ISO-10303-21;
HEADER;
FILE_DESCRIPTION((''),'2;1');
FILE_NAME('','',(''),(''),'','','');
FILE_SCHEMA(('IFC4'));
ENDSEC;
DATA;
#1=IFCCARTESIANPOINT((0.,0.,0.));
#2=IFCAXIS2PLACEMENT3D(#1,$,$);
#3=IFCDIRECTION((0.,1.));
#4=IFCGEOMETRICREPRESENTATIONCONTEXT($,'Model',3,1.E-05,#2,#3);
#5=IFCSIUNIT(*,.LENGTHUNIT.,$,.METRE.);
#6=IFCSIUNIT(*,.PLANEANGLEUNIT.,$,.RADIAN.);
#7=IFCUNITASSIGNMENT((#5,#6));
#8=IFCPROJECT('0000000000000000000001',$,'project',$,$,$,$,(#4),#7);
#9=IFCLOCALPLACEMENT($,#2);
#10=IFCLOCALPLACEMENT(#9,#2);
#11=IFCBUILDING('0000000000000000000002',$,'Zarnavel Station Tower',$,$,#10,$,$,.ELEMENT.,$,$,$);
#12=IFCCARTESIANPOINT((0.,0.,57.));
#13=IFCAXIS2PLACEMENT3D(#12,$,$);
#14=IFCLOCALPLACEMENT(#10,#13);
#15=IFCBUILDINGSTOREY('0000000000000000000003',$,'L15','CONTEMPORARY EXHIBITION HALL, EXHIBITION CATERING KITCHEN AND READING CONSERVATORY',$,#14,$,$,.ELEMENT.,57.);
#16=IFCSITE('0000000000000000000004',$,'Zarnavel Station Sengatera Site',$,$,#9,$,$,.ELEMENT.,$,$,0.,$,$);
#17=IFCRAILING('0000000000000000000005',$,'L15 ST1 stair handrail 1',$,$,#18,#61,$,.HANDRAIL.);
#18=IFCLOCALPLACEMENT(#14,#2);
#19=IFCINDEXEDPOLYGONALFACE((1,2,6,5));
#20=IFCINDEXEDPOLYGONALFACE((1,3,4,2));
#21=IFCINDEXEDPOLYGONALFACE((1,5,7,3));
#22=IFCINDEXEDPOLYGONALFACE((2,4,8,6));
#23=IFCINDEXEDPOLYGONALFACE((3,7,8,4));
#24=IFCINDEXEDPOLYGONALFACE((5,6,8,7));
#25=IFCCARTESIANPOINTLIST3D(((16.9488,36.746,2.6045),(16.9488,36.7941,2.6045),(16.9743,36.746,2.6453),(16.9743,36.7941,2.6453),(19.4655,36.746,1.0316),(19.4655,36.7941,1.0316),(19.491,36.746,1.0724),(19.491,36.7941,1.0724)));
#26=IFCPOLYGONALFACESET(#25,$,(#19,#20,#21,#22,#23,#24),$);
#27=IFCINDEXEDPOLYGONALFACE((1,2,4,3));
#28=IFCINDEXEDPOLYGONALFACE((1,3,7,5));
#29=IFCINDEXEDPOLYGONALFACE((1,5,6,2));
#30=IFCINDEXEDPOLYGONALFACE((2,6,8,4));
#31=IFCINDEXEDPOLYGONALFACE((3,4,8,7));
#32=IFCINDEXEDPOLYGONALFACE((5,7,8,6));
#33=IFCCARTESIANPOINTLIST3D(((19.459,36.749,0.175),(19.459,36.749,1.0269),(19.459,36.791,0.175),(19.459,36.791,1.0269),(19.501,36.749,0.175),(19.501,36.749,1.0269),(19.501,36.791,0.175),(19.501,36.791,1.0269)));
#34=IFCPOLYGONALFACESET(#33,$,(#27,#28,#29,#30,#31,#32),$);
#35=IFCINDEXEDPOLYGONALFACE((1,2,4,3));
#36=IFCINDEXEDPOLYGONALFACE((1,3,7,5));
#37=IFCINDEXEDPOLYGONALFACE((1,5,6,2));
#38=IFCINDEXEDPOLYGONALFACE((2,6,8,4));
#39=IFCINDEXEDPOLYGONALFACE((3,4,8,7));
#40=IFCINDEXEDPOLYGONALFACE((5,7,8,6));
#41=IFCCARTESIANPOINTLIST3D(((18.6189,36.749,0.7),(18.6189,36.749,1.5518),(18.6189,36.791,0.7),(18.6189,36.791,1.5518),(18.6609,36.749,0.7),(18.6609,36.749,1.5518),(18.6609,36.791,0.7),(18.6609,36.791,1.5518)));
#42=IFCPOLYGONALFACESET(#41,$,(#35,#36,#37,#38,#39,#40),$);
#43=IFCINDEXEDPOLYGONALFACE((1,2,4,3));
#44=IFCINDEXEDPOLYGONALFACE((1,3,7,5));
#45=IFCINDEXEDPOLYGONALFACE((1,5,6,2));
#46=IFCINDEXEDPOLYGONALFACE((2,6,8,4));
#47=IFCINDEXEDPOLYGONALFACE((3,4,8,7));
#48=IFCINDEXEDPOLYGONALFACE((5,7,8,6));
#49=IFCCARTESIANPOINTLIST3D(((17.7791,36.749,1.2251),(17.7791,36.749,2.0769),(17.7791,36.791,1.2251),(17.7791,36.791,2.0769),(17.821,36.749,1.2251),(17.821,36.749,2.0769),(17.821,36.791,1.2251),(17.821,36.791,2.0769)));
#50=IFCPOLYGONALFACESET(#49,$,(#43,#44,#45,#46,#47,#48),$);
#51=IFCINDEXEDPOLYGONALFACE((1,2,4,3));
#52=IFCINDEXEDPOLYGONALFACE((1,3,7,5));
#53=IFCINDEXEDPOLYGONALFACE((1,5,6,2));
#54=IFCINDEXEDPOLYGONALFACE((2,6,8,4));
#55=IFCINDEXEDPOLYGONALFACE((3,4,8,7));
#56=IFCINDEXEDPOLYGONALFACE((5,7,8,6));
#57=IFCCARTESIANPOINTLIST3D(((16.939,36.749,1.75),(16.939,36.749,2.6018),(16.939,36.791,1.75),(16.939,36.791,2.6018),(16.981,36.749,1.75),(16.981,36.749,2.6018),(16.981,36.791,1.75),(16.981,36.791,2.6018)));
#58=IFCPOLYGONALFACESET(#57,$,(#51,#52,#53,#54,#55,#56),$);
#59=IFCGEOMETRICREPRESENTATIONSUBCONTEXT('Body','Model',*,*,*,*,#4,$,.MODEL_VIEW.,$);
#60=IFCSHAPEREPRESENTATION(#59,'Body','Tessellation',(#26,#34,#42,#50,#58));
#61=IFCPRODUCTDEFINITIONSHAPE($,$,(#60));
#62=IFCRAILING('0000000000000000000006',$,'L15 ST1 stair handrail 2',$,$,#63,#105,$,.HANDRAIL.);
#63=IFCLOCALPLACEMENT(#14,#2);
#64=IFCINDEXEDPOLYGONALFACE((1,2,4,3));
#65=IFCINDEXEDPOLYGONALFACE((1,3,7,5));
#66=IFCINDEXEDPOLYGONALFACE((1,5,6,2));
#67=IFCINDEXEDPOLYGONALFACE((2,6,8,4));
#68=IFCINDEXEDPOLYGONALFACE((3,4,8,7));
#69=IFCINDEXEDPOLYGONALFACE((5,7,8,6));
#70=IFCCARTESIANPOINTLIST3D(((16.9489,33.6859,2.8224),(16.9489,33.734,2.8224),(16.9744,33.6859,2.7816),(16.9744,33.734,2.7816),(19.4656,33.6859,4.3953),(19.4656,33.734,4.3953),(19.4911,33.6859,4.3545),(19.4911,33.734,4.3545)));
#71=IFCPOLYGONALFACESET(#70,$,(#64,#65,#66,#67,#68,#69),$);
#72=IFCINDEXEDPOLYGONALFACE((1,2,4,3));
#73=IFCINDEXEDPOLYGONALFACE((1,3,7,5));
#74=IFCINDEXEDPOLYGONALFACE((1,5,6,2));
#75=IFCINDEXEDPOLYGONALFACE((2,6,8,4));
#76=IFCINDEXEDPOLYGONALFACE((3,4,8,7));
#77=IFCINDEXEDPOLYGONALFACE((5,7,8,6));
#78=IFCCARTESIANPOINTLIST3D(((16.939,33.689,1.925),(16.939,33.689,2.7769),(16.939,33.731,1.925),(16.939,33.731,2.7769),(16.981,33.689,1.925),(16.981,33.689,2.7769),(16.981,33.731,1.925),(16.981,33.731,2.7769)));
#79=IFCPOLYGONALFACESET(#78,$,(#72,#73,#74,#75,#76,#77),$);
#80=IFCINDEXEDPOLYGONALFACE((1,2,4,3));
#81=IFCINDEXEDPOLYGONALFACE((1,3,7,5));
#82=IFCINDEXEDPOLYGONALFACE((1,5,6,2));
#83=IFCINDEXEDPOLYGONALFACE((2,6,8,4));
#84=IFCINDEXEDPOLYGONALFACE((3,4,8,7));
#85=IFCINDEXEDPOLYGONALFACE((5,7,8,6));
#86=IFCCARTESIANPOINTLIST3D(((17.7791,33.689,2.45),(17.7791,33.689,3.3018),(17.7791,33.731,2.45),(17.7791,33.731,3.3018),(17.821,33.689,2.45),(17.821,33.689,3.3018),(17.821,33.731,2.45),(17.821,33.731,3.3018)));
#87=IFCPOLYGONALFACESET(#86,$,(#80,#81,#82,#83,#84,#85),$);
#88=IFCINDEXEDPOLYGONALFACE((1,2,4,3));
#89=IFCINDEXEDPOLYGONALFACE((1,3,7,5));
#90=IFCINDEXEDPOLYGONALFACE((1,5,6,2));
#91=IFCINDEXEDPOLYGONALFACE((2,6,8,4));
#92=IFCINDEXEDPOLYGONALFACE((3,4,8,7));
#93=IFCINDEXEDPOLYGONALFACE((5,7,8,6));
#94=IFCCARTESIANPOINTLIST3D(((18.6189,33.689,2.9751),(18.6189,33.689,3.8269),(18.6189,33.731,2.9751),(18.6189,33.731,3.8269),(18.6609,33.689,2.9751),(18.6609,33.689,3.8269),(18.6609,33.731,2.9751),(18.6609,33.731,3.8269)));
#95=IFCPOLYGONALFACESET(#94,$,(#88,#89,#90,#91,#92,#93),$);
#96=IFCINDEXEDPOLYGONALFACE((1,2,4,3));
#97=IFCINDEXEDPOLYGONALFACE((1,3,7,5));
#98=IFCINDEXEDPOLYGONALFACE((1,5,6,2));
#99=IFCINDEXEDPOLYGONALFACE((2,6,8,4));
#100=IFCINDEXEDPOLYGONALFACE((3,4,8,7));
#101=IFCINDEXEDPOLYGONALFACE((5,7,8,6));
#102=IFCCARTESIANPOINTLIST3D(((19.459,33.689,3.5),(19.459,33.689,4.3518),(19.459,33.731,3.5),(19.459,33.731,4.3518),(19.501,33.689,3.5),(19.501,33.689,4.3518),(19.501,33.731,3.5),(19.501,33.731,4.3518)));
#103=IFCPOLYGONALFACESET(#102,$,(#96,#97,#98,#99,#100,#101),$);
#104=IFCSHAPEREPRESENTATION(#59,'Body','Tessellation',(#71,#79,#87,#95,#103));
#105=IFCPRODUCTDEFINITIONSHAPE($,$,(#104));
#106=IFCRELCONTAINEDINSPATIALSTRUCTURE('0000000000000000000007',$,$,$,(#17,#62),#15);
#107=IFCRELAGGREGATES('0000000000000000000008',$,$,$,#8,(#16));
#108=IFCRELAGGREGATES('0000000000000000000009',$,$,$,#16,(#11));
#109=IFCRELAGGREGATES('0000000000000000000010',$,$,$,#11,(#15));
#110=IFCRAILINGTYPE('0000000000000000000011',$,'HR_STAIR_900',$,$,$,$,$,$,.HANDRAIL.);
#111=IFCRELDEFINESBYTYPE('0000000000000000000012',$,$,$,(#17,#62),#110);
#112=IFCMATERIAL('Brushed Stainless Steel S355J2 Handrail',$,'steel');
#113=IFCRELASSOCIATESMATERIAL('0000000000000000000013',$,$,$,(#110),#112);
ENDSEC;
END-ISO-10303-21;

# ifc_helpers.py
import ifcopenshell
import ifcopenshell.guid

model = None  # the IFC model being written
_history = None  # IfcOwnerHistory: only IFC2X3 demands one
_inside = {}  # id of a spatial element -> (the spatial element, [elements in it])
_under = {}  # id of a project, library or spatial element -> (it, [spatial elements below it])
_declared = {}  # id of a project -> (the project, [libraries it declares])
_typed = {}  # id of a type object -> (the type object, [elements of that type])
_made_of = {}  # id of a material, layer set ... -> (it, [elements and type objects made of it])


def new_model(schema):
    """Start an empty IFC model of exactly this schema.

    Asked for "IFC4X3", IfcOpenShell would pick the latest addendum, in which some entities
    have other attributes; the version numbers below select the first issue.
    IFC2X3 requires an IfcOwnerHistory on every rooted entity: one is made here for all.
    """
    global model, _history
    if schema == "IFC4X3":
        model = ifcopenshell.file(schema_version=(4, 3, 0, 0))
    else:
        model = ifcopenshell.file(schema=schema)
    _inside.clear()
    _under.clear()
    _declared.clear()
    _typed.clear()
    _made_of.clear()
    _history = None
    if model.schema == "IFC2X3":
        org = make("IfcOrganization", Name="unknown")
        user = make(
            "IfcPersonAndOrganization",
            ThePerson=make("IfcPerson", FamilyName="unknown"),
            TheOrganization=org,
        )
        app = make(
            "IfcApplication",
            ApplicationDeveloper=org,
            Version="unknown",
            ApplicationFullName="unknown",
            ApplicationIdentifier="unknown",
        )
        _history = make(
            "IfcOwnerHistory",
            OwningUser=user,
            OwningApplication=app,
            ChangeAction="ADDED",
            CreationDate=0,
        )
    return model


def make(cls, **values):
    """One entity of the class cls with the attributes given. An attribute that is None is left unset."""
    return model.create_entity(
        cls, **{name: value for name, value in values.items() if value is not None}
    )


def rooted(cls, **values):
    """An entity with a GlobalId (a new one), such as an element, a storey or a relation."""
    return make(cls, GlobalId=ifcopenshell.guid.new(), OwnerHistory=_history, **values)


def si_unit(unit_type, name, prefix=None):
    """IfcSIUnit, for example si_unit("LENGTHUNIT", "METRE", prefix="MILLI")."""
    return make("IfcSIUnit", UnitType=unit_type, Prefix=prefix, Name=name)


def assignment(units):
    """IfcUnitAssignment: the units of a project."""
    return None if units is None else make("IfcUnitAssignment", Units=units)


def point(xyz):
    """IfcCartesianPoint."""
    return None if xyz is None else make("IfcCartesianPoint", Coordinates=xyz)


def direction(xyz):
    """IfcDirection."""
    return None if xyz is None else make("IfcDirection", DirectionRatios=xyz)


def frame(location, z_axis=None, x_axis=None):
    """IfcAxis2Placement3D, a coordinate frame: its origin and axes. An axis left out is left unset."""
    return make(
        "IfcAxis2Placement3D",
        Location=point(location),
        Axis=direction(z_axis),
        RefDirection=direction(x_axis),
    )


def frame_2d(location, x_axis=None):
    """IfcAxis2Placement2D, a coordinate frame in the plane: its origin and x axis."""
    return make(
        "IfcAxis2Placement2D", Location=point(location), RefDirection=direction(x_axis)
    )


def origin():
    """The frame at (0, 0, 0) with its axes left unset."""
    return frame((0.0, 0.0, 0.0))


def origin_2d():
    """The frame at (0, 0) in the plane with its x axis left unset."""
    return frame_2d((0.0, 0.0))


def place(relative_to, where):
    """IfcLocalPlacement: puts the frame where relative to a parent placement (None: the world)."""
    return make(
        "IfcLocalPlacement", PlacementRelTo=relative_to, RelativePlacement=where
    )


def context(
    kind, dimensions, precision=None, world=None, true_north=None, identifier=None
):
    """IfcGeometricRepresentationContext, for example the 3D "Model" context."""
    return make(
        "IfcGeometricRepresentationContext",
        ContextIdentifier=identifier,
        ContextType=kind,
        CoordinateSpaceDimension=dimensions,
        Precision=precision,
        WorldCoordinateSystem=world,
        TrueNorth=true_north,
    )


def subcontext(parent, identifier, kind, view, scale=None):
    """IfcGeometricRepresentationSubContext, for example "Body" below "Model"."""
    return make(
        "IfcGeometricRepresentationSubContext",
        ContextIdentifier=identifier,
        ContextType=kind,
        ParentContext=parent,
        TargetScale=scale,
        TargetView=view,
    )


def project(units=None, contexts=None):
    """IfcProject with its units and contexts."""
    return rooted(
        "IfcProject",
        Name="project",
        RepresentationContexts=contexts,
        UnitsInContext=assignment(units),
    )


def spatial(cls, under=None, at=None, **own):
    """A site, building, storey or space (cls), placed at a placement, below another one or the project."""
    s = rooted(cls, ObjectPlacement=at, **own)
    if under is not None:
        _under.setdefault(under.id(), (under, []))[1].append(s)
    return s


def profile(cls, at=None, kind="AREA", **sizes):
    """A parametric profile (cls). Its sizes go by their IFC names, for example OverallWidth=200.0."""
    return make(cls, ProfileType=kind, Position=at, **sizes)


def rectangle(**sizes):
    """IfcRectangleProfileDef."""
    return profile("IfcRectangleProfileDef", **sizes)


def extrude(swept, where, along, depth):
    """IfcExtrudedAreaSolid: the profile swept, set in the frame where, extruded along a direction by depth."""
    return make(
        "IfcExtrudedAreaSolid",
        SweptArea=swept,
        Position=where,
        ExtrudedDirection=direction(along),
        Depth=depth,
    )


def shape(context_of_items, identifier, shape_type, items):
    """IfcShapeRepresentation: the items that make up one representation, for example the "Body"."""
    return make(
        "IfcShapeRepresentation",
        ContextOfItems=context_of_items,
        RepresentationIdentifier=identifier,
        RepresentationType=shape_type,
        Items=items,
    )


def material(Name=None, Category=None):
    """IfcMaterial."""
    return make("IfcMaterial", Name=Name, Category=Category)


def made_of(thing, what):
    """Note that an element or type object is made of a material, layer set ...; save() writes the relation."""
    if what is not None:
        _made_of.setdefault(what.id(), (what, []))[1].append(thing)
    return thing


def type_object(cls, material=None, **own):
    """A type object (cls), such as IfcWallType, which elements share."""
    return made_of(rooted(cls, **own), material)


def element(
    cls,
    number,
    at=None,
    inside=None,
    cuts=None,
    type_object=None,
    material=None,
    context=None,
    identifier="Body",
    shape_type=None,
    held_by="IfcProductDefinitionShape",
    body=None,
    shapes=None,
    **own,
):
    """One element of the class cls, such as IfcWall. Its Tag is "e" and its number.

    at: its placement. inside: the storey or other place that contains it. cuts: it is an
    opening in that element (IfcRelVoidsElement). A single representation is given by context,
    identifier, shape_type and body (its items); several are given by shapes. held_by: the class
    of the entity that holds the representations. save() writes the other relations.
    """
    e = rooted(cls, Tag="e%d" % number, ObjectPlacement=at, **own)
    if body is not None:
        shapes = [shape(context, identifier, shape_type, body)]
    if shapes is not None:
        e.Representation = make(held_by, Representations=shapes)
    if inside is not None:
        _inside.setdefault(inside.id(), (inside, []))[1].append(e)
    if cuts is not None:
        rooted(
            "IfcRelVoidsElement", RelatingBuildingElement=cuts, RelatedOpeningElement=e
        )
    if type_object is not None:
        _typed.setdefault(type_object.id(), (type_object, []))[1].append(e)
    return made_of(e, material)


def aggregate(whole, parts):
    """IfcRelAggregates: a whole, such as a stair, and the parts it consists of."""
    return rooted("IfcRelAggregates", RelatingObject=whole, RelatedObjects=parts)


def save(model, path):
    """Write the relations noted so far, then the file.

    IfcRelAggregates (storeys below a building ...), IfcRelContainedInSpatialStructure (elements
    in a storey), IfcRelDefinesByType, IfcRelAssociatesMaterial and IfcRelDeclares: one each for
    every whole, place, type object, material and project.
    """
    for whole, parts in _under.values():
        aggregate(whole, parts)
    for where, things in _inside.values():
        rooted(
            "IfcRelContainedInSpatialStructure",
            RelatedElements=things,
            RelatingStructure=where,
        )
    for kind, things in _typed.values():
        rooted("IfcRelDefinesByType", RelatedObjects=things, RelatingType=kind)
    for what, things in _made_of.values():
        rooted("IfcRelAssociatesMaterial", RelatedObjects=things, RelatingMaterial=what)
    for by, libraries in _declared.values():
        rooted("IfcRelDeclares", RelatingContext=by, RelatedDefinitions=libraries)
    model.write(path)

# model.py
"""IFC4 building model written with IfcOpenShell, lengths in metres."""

from ifc_helpers import new_model, si_unit, direction, frame, origin, origin_2d, place, context, subcontext, project, spatial, rectangle, extrude, material, type_object, element, save


model = new_model("IFC4")

# Units and contexts
model_context = context("Model", 3, precision=1e-05, world=origin(), true_north=direction((0.0, 1.0)))
body_context = subcontext(model_context, "Body", "Model", "MODEL_VIEW")
ifc_project = project(units=[si_unit("LENGTHUNIT", "METRE"), si_unit("PLANEANGLEUNIT", "RADIAN")], contexts=[model_context])

# Site, building, storey
site_placement = place(None, origin())
site = spatial("IfcSite", under=ifc_project, at=site_placement, Name="Zarnavel Station Sengatera Site", CompositionType="ELEMENT", RefElevation=0.0)
building_placement = place(site_placement, origin())
building = spatial("IfcBuilding", under=site, at=building_placement, Name="Zarnavel Station Tower", CompositionType="ELEMENT")
storey_placement = place(building_placement, frame((0.0, 0.0, 57.0)))
storey = spatial("IfcBuildingStorey", under=building, at=storey_placement, Name="L15", Description="CONTEMPORARY EXHIBITION HALL, EXHIBITION CATERING KITCHEN AND READING CONSERVATORY", CompositionType="ELEMENT", Elevation=57.0)

# Railings
ifc_material_1 = material(Name="Brushed Stainless Steel S355J2 Handrail", Category="steel")
railing_type_1 = type_object("IfcRailingType", Name="HR_STAIR_900", PredefinedType="HANDRAIL", material=ifc_material_1)
railing_1_placement = place(storey_placement, frame((19.48, 36.77, 0.175)))
element("IfcRailing", 1, at=railing_1_placement, inside=storey, type_object=railing_type_1, Name="L15 ST1 stair handrail 1", PredefinedType="HANDRAIL", context=body_context, shape_type="SweptSolid", body=[
    extrude(rectangle(XDim=0.0481, YDim=0.0481, at=origin_2d()), frame((-0.0017, 0.0, 0.877), z_axis=(-0.848008, 0.0, 0.529984), x_axis=(0.0, -1.0, 0.0)), (0.0, 0.0, 1.0), 2.9678),
    extrude(rectangle(XDim=0.042, YDim=0.042, at=origin_2d()), origin(), (0.0, 0.0, 1.0), 0.8518),
    extrude(rectangle(XDim=0.042, YDim=0.042, at=origin_2d()), frame((-0.8401, 0.0, 0.5249)), (0.0, 0.0, 1.0), 0.8518),
    extrude(rectangle(XDim=0.042, YDim=0.042, at=origin_2d()), frame((-1.6799, 0.0, 1.05)), (0.0, 0.0, 1.0), 0.8518),
    extrude(rectangle(XDim=0.042, YDim=0.042, at=origin_2d()), frame((-2.52, 0.0, 1.575)), (0.0, 0.0, 1.0), 0.8518),
])
railing_2_placement = place(storey_placement, frame((16.96, 33.71, 1.925)))
element("IfcRailing", 2, at=railing_2_placement, inside=storey, type_object=railing_type_1, Name="L15 ST1 stair handrail 2", PredefinedType="HANDRAIL", context=body_context, shape_type="SweptSolid", body=[
    extrude(rectangle(XDim=0.0481, YDim=0.0481, at=origin_2d()), frame((0.0017, 0.0, 0.877), z_axis=(0.848008, 0.0, 0.529984), x_axis=(0.0, 1.0, 0.0)), (0.0, 0.0, 1.0), 2.9678),
    extrude(rectangle(XDim=0.042, YDim=0.042, at=origin_2d()), origin(), (0.0, 0.0, 1.0), 0.8518),
    extrude(rectangle(XDim=0.042, YDim=0.042, at=origin_2d()), frame((0.8401, 0.0, 0.5249)), (0.0, 0.0, 1.0), 0.8518),
    extrude(rectangle(XDim=0.042, YDim=0.042, at=origin_2d()), frame((1.6799, 0.0, 1.05)), (0.0, 0.0, 1.0), 0.8518),
    extrude(rectangle(XDim=0.042, YDim=0.042, at=origin_2d()), frame((2.52, 0.0, 1.575)), (0.0, 0.0, 1.0), 0.8518),
])

save(model, "model.ifc")
